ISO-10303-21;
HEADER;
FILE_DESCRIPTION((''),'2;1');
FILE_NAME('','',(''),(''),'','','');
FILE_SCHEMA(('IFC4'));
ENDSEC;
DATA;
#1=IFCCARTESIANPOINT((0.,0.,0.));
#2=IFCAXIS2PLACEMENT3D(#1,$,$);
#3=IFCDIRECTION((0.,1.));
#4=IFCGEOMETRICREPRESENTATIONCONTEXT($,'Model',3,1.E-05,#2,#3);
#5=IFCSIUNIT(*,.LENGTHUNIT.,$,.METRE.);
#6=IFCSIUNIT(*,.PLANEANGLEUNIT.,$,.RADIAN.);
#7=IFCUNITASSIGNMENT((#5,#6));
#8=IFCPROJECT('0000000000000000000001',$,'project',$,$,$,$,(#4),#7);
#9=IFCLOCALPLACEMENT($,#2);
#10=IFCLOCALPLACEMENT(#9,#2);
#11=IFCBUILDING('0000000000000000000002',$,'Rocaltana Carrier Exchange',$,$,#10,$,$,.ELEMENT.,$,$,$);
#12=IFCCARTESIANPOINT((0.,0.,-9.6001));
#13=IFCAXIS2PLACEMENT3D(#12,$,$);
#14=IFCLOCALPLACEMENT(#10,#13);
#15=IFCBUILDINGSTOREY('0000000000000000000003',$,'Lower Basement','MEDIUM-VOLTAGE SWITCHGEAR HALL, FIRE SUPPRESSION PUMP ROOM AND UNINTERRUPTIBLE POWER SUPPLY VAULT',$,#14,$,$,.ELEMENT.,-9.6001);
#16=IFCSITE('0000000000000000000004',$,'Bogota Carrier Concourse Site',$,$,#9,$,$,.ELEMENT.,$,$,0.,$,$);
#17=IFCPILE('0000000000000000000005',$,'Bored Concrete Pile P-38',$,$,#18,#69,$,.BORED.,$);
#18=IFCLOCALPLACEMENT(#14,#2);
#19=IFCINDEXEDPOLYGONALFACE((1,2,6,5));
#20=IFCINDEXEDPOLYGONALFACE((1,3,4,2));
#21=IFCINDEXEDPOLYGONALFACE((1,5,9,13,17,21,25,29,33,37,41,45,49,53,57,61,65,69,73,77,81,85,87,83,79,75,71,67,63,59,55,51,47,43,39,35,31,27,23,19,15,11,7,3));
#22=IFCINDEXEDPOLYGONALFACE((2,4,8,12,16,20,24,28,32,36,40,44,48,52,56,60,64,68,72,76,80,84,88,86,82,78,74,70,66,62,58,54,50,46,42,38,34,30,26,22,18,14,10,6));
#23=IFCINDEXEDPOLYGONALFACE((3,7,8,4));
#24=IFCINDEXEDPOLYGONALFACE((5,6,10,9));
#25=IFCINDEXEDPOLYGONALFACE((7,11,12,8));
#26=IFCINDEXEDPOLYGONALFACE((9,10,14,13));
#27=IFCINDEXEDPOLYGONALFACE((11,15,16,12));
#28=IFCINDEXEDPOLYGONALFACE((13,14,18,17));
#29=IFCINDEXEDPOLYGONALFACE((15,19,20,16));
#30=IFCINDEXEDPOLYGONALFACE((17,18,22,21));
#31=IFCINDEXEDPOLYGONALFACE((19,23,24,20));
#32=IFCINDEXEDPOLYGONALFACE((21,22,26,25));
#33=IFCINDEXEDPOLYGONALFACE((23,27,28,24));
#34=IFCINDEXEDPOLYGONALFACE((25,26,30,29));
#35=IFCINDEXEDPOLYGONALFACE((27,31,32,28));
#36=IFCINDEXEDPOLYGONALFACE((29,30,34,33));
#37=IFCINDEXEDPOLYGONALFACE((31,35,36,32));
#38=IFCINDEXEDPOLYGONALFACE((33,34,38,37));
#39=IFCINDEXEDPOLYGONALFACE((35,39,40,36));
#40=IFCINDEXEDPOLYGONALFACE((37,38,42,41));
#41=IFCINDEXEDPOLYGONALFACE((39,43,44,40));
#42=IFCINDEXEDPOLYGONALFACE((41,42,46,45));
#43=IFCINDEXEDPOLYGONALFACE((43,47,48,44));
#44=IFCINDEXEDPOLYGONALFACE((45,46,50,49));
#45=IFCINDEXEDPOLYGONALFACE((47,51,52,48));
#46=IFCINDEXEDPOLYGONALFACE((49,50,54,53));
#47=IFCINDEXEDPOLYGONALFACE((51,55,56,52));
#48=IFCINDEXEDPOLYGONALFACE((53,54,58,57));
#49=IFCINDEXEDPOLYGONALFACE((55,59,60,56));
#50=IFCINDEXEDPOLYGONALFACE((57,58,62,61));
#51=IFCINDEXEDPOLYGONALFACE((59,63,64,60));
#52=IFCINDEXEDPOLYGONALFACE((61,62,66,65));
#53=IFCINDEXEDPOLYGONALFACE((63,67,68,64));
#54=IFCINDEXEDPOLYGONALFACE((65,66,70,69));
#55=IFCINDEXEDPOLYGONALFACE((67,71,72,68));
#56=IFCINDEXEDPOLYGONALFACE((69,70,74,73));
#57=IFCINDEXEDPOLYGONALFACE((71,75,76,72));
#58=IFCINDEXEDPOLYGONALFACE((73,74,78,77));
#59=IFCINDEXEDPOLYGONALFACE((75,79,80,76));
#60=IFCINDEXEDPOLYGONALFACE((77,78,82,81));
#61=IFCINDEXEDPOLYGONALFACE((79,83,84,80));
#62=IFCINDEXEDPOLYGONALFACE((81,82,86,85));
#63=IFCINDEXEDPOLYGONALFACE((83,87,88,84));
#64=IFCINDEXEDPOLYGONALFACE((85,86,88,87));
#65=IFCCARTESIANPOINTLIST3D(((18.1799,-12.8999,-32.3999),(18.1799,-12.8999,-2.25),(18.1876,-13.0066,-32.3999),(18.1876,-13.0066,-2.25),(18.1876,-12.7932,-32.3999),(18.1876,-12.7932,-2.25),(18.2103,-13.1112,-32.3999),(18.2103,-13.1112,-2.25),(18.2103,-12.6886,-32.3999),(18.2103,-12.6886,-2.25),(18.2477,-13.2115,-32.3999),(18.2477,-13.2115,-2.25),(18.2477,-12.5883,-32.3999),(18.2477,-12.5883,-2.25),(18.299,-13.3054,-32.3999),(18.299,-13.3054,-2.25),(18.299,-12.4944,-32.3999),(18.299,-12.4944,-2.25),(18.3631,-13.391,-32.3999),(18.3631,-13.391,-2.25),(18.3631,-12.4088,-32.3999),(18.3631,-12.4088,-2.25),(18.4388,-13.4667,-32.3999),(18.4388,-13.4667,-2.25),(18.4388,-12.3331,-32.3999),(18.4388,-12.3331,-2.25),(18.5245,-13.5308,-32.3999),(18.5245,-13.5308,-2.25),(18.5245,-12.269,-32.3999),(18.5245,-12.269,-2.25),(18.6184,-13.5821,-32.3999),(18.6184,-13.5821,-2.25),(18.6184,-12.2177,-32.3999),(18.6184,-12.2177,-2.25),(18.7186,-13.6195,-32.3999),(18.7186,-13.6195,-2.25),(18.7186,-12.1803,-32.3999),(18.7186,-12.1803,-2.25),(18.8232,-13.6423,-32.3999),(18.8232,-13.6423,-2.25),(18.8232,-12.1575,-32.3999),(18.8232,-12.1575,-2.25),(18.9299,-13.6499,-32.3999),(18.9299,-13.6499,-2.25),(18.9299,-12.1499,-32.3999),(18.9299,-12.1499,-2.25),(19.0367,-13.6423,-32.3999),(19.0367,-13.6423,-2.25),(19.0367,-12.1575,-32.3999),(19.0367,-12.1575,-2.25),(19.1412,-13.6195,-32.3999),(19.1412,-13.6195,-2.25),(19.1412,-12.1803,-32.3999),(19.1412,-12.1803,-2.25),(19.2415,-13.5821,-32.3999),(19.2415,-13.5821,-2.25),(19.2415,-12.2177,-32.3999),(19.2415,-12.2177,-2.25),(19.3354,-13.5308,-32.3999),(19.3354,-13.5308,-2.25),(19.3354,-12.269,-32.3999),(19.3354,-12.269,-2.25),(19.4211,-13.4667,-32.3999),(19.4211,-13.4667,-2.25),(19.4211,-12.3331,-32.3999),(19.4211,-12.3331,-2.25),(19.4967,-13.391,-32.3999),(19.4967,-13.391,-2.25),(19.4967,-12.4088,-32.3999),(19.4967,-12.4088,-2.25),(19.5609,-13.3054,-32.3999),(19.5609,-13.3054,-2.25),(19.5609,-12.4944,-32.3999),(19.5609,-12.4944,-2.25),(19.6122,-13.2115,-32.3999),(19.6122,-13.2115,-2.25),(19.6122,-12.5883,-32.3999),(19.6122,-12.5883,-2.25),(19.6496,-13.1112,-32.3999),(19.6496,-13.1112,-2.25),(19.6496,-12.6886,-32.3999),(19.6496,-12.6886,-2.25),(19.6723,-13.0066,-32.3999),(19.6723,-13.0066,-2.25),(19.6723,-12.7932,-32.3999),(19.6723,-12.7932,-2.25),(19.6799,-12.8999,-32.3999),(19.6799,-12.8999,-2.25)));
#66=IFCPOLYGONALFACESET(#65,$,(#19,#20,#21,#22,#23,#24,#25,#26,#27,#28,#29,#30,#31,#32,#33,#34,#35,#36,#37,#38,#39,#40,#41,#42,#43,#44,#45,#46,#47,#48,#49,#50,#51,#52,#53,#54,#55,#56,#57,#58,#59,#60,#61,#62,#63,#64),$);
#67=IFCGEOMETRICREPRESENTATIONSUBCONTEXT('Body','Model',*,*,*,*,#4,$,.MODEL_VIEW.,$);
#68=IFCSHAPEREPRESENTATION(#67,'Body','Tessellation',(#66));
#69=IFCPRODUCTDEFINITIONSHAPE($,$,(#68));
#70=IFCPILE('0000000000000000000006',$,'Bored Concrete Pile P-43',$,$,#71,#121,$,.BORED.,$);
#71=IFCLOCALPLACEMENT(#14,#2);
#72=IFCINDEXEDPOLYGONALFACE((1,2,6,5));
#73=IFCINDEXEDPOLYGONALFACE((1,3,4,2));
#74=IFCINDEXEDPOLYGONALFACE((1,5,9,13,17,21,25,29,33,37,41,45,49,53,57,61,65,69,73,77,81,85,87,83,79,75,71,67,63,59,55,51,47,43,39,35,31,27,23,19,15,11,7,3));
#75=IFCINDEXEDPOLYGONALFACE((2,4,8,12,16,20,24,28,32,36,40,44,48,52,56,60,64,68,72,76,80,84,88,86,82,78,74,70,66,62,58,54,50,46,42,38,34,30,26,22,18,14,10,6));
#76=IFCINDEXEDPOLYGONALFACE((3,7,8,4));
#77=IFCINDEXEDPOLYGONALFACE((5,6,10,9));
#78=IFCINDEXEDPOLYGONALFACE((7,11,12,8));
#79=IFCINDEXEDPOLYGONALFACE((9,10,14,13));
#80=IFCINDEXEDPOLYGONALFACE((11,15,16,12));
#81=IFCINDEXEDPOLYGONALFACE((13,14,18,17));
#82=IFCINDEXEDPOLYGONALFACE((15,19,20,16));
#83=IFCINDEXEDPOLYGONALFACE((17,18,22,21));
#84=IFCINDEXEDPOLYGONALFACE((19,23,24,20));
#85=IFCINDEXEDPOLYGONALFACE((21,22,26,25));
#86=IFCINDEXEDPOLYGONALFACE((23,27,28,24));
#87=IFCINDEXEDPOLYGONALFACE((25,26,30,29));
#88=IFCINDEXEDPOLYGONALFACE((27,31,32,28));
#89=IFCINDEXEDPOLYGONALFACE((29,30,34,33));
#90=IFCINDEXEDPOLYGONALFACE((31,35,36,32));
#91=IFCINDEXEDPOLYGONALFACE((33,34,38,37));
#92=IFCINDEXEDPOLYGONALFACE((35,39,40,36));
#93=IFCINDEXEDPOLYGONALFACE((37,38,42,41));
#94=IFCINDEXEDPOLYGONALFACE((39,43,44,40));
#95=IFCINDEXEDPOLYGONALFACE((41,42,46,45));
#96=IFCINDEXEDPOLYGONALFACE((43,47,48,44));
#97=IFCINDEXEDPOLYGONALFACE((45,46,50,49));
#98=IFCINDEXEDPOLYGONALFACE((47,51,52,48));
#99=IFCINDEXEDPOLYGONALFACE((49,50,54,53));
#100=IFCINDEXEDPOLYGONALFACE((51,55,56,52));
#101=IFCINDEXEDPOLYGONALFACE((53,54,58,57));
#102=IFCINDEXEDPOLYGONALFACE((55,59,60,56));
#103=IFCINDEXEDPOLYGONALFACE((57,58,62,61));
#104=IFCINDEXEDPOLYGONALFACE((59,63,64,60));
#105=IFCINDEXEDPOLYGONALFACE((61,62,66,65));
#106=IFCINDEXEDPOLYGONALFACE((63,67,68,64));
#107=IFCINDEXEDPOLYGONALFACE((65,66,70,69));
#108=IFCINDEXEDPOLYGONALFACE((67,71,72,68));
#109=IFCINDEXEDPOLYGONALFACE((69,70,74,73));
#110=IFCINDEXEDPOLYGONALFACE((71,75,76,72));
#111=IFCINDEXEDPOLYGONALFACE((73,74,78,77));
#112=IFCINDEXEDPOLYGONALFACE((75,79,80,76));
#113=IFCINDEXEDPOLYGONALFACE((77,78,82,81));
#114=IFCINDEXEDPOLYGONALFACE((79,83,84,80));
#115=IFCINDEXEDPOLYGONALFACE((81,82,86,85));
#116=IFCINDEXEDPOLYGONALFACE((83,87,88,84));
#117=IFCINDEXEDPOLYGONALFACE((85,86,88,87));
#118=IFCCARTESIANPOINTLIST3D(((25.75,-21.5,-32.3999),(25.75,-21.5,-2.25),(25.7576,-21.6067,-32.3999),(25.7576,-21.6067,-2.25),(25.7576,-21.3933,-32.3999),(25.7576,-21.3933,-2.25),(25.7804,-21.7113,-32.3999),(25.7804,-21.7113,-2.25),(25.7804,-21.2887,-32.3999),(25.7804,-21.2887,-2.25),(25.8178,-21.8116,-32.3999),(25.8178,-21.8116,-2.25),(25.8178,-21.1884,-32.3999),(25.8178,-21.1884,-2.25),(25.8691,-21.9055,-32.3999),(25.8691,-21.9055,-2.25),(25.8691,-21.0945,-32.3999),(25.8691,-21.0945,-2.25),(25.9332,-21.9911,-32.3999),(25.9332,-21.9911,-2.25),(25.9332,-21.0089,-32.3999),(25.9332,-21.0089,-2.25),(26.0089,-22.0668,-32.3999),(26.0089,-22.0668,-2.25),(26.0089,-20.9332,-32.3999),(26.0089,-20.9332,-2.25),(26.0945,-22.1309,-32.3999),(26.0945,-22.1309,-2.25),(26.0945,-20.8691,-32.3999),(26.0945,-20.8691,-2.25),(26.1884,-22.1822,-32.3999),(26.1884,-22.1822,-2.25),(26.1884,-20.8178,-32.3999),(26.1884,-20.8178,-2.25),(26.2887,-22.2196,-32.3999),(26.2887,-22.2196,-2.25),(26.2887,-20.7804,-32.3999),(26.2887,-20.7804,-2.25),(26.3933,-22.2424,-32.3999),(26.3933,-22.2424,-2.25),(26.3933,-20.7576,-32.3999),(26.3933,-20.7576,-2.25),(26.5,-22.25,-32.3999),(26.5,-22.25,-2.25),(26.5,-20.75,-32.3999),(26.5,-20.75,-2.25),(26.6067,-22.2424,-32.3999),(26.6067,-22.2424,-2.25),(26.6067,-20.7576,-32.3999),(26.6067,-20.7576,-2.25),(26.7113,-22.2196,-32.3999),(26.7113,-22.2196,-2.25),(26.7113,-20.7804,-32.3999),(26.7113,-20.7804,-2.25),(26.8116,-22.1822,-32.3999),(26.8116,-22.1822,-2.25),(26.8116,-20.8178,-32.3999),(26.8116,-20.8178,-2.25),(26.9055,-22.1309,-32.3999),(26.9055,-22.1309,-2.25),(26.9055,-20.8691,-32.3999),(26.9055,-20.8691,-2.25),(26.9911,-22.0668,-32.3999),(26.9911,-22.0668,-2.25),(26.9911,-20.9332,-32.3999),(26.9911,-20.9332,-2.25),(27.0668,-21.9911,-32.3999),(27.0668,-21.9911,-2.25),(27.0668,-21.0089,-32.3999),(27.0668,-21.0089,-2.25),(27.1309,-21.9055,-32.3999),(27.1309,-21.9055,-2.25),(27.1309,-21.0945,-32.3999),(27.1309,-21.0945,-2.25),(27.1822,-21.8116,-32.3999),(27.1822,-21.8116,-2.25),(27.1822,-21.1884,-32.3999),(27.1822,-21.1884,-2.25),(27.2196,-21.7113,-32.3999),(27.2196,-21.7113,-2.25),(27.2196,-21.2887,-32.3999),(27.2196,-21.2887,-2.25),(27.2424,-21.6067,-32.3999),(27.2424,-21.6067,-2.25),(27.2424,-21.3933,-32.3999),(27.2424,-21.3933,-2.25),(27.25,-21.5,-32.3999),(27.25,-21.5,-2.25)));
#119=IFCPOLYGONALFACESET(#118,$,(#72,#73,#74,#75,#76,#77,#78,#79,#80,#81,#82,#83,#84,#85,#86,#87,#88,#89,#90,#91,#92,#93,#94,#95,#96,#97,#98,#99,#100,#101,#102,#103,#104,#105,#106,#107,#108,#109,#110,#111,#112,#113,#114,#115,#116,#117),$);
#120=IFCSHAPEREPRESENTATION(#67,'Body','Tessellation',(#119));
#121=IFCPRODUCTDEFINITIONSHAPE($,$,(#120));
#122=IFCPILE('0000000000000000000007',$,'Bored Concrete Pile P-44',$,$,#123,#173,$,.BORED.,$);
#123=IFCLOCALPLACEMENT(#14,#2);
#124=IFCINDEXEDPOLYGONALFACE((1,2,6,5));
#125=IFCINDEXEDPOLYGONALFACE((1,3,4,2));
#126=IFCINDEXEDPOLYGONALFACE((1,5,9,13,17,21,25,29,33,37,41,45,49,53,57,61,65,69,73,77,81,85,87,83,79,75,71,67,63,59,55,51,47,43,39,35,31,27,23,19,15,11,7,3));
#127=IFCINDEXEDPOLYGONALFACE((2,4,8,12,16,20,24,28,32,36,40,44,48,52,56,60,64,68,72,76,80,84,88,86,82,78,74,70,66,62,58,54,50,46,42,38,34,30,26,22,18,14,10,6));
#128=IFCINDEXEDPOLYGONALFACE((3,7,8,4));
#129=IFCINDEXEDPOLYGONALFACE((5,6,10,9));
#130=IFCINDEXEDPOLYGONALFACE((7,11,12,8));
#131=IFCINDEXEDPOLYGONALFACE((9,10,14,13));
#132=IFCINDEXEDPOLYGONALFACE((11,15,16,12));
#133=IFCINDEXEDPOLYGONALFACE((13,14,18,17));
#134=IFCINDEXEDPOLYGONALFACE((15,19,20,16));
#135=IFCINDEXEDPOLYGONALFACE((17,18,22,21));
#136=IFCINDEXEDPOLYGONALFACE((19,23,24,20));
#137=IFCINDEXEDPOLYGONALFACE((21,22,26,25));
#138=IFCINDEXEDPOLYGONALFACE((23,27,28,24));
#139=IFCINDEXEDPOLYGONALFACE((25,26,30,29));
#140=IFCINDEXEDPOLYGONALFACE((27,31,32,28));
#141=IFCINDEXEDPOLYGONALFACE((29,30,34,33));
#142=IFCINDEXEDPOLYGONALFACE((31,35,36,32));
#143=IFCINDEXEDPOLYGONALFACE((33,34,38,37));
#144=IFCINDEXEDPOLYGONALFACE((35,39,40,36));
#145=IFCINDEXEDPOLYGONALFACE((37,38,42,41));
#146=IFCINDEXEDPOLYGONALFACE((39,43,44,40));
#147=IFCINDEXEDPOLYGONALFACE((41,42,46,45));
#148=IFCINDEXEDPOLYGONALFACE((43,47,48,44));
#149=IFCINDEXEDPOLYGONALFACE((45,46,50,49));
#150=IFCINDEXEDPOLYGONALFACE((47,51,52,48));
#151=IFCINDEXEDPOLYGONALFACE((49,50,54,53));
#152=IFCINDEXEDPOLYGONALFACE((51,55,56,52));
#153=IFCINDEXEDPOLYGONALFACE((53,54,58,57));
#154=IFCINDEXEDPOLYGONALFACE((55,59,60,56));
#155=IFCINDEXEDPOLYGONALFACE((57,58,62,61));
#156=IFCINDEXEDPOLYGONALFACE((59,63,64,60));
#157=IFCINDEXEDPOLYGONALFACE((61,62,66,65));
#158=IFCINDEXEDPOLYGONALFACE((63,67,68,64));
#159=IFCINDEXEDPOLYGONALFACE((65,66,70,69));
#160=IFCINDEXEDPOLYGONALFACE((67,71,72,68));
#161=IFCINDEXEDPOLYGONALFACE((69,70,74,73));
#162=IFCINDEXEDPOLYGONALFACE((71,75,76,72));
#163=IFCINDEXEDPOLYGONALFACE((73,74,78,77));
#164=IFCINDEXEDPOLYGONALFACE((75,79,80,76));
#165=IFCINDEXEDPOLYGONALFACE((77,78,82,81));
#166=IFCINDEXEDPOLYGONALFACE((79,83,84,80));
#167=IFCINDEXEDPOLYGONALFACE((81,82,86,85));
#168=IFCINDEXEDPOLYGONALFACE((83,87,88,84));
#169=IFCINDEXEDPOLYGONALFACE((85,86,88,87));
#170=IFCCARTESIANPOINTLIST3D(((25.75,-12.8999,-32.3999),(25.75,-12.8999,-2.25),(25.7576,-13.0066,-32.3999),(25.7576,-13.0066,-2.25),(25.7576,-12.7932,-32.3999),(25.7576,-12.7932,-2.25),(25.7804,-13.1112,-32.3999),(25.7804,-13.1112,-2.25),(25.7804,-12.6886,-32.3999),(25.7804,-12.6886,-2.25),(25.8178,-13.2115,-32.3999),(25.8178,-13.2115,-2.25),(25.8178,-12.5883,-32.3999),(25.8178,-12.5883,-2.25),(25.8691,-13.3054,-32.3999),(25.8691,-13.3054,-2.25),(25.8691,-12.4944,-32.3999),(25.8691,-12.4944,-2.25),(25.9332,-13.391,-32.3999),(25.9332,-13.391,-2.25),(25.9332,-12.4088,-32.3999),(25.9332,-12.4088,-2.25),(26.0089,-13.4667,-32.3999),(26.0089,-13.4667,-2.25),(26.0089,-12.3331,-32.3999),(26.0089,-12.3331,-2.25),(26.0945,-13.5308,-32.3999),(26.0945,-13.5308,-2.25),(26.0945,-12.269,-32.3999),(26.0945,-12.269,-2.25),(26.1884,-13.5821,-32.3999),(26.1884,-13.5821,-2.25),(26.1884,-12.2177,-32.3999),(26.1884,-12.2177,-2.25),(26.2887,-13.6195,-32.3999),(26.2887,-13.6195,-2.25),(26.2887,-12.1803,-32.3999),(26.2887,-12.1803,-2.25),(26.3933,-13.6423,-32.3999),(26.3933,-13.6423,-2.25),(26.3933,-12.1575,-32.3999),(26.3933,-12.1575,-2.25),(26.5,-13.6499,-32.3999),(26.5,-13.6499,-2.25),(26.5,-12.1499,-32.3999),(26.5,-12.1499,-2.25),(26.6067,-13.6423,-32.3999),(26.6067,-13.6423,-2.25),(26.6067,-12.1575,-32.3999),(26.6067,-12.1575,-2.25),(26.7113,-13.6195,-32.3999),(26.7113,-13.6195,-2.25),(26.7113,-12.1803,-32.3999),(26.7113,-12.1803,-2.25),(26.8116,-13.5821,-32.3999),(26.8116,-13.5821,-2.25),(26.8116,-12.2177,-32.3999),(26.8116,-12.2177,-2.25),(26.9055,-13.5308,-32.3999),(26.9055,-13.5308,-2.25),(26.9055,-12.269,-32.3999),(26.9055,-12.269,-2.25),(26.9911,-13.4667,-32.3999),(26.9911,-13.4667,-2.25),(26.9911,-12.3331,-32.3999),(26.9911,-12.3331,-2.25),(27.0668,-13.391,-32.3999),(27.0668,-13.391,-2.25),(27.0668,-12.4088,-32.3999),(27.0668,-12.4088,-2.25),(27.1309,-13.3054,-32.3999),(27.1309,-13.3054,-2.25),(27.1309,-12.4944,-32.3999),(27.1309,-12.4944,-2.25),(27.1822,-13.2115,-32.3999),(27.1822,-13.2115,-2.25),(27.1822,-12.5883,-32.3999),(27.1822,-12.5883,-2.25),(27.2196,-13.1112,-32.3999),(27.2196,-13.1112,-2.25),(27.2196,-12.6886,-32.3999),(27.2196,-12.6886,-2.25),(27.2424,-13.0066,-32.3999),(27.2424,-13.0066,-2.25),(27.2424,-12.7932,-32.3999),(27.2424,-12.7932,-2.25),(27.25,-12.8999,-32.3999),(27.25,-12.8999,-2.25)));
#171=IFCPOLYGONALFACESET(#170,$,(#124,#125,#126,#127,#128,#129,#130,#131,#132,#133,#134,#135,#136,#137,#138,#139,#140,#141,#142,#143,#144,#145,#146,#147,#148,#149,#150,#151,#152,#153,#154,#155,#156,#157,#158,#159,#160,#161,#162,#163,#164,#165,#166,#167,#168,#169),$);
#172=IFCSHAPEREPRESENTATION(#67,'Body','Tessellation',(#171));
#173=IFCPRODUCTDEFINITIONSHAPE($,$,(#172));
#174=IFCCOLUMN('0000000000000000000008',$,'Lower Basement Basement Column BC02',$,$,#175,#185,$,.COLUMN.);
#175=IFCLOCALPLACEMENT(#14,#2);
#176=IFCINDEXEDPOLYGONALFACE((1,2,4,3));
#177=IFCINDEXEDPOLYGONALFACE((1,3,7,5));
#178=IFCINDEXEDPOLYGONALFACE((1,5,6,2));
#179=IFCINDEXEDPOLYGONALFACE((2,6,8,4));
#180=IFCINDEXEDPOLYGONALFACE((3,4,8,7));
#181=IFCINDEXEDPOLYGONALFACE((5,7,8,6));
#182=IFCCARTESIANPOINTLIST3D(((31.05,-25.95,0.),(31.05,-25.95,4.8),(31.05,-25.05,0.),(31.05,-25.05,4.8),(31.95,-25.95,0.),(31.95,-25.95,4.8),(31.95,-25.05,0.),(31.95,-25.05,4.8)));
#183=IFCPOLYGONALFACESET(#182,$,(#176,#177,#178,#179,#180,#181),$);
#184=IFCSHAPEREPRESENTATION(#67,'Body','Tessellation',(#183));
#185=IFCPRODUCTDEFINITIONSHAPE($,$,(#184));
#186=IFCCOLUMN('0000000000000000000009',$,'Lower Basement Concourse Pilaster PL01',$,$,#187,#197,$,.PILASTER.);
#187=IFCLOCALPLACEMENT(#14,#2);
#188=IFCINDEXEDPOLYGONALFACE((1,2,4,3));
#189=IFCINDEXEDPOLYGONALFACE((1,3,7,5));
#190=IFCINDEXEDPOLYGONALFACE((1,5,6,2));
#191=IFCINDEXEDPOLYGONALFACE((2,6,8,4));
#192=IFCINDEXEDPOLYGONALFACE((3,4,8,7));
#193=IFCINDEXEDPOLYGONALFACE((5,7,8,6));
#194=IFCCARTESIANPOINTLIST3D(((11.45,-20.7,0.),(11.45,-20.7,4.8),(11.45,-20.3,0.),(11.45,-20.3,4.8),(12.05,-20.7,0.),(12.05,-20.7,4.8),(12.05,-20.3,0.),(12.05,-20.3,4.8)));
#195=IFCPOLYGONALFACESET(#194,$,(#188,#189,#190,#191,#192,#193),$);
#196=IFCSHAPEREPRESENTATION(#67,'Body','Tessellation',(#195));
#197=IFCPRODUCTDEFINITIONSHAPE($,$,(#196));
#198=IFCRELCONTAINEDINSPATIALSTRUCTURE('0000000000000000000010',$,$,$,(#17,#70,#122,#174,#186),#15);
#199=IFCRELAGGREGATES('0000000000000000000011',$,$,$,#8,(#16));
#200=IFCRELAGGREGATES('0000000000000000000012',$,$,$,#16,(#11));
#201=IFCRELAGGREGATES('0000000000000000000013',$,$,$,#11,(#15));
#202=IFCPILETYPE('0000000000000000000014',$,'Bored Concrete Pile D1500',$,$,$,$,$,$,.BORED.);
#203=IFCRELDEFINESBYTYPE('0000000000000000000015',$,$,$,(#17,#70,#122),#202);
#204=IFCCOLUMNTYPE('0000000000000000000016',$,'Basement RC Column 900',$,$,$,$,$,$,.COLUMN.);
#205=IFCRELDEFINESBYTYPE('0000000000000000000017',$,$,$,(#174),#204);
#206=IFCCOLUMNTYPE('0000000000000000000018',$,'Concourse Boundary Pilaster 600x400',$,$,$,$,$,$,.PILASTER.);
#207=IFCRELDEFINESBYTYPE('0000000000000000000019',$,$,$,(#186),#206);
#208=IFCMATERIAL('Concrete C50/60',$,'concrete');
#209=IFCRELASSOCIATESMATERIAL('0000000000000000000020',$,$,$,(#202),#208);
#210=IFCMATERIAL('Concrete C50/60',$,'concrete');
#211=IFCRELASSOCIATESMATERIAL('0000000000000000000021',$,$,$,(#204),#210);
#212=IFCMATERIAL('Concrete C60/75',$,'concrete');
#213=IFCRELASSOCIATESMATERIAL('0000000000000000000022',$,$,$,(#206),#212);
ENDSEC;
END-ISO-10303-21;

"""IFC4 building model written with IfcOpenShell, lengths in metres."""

from ifc_helpers import new_model, si_unit, direction, frame, origin, origin_2d, place, context, subcontext, project, spatial, rectangle, circle, extrude, material, material_profile, profile_set, type_object, element, save


model = new_model("IFC4")

# Units and contexts
model_context = context("Model", 3, precision=1e-05, world=origin(), true_north=direction((0.0, 1.0)))
body_context = subcontext(model_context, "Body", "Model", "MODEL_VIEW")
ifc_project = project(units=[si_unit("LENGTHUNIT", "METRE"), si_unit("PLANEANGLEUNIT", "RADIAN")], contexts=[model_context])

# Site, building, storey
site_placement = place(None, origin())
site = spatial("IfcSite", under=ifc_project, at=site_placement, Name="Bogota Carrier Concourse Site", CompositionType="ELEMENT", RefElevation=0.0)
building_placement = place(site_placement, origin())
building = spatial("IfcBuilding", under=site, at=building_placement, Name="Rocaltana Carrier Exchange", CompositionType="ELEMENT")
storey_placement = place(building_placement, frame((0.0, 0.0, -9.6001)))
storey = spatial("IfcBuildingStorey", under=building, at=storey_placement, Name="Lower Basement", Description="MEDIUM-VOLTAGE SWITCHGEAR HALL, FIRE SUPPRESSION PUMP ROOM AND UNINTERRUPTIBLE POWER SUPPLY VAULT", CompositionType="ELEMENT", Elevation=-9.6001)

# Piles
ifc_material_1 = material(Name="Concrete C50/60", Category="concrete")
ifc_material_profile_1 = material_profile(ifc_material_1, circle(Radius=0.75, at=origin_2d()), Name="PILE-D1500")
ifc_profile_set_1 = profile_set([ifc_material_profile_1], Name="Concrete C50/60")
pile_type = type_object("IfcPileType", Name="Bored Concrete Pile D1500", PredefinedType="BORED", material=ifc_profile_set_1)
for number, where, z_axis, x_axis, name in (
    (1, (18.9299, -12.8999, -2.25), (0.0, 0.0, -1.0), (1.0, 0.0, 0.0), "Bored Concrete Pile P-38"),
    (2, (26.5, -21.5, -2.25), (0.0, 0.0, -1.0), (1.0, 0.0, 0.0), "Bored Concrete Pile P-43"),
    (3, (26.5, -12.8999, -2.25), (0.0, 0.0, -1.0), (1.0, 0.0, 0.0), "Bored Concrete Pile P-44"),
):
    element("IfcPile", number, at=place(storey_placement, frame(where, z_axis=z_axis, x_axis=x_axis)), inside=storey, type_object=pile_type, Name=name, PredefinedType="BORED", context=body_context, shape_type="SweptSolid", body=[
        extrude(circle(Radius=0.75, at=origin_2d()), origin(), (0.0, 0.0, 1.0), 30.1499),
    ])

# Columns
ifc_material_2 = material(Name="Concrete C50/60", Category="concrete")
ifc_material_profile_2 = material_profile(ifc_material_2, rectangle(XDim=0.8999, YDim=0.8999, at=origin_2d()), Name="RC-COL-900X900")
ifc_profile_set_2 = profile_set([ifc_material_profile_2], Name="Concrete C50/60")
column_type_1 = type_object("IfcColumnType", Name="Basement RC Column 900", PredefinedType="COLUMN", material=ifc_profile_set_2)
column_1_placement = place(storey_placement, frame((31.5, -25.5, 0.0), z_axis=(0.0, 0.0, 1.0), x_axis=(1.0, 0.0, 0.0)))
element("IfcColumn", 4, at=column_1_placement, inside=storey, type_object=column_type_1, Name="Lower Basement Basement Column BC02", PredefinedType="COLUMN", context=body_context, shape_type="SweptSolid", body=[
    extrude(rectangle(XDim=0.8999, YDim=0.8999, at=origin_2d()), origin(), (0.0, 0.0, 1.0), 4.8),
])
ifc_material_3 = material(Name="Concrete C60/75", Category="concrete")
ifc_material_profile_3 = material_profile(ifc_material_3, rectangle(XDim=0.6001, YDim=0.3999, at=origin_2d()), Name="RC-PIL-600X400")
ifc_profile_set_3 = profile_set([ifc_material_profile_3], Name="Concrete C60/75")
column_type_2 = type_object("IfcColumnType", Name="Concourse Boundary Pilaster 600x400", PredefinedType="PILASTER", material=ifc_profile_set_3)
column_2_placement = place(storey_placement, frame((11.75, -20.5, 0.0), z_axis=(0.0, 0.0, 1.0), x_axis=(1.0, 0.0, 0.0)))
element("IfcColumn", 5, at=column_2_placement, inside=storey, type_object=column_type_2, Name="Lower Basement Concourse Pilaster PL01", PredefinedType="PILASTER", context=body_context, shape_type="SweptSolid", body=[
    extrude(rectangle(XDim=0.6001, YDim=0.3999, at=origin_2d()), origin(), (0.0, 0.0, 1.0), 4.8),
])

save(model, "model.ifc")
